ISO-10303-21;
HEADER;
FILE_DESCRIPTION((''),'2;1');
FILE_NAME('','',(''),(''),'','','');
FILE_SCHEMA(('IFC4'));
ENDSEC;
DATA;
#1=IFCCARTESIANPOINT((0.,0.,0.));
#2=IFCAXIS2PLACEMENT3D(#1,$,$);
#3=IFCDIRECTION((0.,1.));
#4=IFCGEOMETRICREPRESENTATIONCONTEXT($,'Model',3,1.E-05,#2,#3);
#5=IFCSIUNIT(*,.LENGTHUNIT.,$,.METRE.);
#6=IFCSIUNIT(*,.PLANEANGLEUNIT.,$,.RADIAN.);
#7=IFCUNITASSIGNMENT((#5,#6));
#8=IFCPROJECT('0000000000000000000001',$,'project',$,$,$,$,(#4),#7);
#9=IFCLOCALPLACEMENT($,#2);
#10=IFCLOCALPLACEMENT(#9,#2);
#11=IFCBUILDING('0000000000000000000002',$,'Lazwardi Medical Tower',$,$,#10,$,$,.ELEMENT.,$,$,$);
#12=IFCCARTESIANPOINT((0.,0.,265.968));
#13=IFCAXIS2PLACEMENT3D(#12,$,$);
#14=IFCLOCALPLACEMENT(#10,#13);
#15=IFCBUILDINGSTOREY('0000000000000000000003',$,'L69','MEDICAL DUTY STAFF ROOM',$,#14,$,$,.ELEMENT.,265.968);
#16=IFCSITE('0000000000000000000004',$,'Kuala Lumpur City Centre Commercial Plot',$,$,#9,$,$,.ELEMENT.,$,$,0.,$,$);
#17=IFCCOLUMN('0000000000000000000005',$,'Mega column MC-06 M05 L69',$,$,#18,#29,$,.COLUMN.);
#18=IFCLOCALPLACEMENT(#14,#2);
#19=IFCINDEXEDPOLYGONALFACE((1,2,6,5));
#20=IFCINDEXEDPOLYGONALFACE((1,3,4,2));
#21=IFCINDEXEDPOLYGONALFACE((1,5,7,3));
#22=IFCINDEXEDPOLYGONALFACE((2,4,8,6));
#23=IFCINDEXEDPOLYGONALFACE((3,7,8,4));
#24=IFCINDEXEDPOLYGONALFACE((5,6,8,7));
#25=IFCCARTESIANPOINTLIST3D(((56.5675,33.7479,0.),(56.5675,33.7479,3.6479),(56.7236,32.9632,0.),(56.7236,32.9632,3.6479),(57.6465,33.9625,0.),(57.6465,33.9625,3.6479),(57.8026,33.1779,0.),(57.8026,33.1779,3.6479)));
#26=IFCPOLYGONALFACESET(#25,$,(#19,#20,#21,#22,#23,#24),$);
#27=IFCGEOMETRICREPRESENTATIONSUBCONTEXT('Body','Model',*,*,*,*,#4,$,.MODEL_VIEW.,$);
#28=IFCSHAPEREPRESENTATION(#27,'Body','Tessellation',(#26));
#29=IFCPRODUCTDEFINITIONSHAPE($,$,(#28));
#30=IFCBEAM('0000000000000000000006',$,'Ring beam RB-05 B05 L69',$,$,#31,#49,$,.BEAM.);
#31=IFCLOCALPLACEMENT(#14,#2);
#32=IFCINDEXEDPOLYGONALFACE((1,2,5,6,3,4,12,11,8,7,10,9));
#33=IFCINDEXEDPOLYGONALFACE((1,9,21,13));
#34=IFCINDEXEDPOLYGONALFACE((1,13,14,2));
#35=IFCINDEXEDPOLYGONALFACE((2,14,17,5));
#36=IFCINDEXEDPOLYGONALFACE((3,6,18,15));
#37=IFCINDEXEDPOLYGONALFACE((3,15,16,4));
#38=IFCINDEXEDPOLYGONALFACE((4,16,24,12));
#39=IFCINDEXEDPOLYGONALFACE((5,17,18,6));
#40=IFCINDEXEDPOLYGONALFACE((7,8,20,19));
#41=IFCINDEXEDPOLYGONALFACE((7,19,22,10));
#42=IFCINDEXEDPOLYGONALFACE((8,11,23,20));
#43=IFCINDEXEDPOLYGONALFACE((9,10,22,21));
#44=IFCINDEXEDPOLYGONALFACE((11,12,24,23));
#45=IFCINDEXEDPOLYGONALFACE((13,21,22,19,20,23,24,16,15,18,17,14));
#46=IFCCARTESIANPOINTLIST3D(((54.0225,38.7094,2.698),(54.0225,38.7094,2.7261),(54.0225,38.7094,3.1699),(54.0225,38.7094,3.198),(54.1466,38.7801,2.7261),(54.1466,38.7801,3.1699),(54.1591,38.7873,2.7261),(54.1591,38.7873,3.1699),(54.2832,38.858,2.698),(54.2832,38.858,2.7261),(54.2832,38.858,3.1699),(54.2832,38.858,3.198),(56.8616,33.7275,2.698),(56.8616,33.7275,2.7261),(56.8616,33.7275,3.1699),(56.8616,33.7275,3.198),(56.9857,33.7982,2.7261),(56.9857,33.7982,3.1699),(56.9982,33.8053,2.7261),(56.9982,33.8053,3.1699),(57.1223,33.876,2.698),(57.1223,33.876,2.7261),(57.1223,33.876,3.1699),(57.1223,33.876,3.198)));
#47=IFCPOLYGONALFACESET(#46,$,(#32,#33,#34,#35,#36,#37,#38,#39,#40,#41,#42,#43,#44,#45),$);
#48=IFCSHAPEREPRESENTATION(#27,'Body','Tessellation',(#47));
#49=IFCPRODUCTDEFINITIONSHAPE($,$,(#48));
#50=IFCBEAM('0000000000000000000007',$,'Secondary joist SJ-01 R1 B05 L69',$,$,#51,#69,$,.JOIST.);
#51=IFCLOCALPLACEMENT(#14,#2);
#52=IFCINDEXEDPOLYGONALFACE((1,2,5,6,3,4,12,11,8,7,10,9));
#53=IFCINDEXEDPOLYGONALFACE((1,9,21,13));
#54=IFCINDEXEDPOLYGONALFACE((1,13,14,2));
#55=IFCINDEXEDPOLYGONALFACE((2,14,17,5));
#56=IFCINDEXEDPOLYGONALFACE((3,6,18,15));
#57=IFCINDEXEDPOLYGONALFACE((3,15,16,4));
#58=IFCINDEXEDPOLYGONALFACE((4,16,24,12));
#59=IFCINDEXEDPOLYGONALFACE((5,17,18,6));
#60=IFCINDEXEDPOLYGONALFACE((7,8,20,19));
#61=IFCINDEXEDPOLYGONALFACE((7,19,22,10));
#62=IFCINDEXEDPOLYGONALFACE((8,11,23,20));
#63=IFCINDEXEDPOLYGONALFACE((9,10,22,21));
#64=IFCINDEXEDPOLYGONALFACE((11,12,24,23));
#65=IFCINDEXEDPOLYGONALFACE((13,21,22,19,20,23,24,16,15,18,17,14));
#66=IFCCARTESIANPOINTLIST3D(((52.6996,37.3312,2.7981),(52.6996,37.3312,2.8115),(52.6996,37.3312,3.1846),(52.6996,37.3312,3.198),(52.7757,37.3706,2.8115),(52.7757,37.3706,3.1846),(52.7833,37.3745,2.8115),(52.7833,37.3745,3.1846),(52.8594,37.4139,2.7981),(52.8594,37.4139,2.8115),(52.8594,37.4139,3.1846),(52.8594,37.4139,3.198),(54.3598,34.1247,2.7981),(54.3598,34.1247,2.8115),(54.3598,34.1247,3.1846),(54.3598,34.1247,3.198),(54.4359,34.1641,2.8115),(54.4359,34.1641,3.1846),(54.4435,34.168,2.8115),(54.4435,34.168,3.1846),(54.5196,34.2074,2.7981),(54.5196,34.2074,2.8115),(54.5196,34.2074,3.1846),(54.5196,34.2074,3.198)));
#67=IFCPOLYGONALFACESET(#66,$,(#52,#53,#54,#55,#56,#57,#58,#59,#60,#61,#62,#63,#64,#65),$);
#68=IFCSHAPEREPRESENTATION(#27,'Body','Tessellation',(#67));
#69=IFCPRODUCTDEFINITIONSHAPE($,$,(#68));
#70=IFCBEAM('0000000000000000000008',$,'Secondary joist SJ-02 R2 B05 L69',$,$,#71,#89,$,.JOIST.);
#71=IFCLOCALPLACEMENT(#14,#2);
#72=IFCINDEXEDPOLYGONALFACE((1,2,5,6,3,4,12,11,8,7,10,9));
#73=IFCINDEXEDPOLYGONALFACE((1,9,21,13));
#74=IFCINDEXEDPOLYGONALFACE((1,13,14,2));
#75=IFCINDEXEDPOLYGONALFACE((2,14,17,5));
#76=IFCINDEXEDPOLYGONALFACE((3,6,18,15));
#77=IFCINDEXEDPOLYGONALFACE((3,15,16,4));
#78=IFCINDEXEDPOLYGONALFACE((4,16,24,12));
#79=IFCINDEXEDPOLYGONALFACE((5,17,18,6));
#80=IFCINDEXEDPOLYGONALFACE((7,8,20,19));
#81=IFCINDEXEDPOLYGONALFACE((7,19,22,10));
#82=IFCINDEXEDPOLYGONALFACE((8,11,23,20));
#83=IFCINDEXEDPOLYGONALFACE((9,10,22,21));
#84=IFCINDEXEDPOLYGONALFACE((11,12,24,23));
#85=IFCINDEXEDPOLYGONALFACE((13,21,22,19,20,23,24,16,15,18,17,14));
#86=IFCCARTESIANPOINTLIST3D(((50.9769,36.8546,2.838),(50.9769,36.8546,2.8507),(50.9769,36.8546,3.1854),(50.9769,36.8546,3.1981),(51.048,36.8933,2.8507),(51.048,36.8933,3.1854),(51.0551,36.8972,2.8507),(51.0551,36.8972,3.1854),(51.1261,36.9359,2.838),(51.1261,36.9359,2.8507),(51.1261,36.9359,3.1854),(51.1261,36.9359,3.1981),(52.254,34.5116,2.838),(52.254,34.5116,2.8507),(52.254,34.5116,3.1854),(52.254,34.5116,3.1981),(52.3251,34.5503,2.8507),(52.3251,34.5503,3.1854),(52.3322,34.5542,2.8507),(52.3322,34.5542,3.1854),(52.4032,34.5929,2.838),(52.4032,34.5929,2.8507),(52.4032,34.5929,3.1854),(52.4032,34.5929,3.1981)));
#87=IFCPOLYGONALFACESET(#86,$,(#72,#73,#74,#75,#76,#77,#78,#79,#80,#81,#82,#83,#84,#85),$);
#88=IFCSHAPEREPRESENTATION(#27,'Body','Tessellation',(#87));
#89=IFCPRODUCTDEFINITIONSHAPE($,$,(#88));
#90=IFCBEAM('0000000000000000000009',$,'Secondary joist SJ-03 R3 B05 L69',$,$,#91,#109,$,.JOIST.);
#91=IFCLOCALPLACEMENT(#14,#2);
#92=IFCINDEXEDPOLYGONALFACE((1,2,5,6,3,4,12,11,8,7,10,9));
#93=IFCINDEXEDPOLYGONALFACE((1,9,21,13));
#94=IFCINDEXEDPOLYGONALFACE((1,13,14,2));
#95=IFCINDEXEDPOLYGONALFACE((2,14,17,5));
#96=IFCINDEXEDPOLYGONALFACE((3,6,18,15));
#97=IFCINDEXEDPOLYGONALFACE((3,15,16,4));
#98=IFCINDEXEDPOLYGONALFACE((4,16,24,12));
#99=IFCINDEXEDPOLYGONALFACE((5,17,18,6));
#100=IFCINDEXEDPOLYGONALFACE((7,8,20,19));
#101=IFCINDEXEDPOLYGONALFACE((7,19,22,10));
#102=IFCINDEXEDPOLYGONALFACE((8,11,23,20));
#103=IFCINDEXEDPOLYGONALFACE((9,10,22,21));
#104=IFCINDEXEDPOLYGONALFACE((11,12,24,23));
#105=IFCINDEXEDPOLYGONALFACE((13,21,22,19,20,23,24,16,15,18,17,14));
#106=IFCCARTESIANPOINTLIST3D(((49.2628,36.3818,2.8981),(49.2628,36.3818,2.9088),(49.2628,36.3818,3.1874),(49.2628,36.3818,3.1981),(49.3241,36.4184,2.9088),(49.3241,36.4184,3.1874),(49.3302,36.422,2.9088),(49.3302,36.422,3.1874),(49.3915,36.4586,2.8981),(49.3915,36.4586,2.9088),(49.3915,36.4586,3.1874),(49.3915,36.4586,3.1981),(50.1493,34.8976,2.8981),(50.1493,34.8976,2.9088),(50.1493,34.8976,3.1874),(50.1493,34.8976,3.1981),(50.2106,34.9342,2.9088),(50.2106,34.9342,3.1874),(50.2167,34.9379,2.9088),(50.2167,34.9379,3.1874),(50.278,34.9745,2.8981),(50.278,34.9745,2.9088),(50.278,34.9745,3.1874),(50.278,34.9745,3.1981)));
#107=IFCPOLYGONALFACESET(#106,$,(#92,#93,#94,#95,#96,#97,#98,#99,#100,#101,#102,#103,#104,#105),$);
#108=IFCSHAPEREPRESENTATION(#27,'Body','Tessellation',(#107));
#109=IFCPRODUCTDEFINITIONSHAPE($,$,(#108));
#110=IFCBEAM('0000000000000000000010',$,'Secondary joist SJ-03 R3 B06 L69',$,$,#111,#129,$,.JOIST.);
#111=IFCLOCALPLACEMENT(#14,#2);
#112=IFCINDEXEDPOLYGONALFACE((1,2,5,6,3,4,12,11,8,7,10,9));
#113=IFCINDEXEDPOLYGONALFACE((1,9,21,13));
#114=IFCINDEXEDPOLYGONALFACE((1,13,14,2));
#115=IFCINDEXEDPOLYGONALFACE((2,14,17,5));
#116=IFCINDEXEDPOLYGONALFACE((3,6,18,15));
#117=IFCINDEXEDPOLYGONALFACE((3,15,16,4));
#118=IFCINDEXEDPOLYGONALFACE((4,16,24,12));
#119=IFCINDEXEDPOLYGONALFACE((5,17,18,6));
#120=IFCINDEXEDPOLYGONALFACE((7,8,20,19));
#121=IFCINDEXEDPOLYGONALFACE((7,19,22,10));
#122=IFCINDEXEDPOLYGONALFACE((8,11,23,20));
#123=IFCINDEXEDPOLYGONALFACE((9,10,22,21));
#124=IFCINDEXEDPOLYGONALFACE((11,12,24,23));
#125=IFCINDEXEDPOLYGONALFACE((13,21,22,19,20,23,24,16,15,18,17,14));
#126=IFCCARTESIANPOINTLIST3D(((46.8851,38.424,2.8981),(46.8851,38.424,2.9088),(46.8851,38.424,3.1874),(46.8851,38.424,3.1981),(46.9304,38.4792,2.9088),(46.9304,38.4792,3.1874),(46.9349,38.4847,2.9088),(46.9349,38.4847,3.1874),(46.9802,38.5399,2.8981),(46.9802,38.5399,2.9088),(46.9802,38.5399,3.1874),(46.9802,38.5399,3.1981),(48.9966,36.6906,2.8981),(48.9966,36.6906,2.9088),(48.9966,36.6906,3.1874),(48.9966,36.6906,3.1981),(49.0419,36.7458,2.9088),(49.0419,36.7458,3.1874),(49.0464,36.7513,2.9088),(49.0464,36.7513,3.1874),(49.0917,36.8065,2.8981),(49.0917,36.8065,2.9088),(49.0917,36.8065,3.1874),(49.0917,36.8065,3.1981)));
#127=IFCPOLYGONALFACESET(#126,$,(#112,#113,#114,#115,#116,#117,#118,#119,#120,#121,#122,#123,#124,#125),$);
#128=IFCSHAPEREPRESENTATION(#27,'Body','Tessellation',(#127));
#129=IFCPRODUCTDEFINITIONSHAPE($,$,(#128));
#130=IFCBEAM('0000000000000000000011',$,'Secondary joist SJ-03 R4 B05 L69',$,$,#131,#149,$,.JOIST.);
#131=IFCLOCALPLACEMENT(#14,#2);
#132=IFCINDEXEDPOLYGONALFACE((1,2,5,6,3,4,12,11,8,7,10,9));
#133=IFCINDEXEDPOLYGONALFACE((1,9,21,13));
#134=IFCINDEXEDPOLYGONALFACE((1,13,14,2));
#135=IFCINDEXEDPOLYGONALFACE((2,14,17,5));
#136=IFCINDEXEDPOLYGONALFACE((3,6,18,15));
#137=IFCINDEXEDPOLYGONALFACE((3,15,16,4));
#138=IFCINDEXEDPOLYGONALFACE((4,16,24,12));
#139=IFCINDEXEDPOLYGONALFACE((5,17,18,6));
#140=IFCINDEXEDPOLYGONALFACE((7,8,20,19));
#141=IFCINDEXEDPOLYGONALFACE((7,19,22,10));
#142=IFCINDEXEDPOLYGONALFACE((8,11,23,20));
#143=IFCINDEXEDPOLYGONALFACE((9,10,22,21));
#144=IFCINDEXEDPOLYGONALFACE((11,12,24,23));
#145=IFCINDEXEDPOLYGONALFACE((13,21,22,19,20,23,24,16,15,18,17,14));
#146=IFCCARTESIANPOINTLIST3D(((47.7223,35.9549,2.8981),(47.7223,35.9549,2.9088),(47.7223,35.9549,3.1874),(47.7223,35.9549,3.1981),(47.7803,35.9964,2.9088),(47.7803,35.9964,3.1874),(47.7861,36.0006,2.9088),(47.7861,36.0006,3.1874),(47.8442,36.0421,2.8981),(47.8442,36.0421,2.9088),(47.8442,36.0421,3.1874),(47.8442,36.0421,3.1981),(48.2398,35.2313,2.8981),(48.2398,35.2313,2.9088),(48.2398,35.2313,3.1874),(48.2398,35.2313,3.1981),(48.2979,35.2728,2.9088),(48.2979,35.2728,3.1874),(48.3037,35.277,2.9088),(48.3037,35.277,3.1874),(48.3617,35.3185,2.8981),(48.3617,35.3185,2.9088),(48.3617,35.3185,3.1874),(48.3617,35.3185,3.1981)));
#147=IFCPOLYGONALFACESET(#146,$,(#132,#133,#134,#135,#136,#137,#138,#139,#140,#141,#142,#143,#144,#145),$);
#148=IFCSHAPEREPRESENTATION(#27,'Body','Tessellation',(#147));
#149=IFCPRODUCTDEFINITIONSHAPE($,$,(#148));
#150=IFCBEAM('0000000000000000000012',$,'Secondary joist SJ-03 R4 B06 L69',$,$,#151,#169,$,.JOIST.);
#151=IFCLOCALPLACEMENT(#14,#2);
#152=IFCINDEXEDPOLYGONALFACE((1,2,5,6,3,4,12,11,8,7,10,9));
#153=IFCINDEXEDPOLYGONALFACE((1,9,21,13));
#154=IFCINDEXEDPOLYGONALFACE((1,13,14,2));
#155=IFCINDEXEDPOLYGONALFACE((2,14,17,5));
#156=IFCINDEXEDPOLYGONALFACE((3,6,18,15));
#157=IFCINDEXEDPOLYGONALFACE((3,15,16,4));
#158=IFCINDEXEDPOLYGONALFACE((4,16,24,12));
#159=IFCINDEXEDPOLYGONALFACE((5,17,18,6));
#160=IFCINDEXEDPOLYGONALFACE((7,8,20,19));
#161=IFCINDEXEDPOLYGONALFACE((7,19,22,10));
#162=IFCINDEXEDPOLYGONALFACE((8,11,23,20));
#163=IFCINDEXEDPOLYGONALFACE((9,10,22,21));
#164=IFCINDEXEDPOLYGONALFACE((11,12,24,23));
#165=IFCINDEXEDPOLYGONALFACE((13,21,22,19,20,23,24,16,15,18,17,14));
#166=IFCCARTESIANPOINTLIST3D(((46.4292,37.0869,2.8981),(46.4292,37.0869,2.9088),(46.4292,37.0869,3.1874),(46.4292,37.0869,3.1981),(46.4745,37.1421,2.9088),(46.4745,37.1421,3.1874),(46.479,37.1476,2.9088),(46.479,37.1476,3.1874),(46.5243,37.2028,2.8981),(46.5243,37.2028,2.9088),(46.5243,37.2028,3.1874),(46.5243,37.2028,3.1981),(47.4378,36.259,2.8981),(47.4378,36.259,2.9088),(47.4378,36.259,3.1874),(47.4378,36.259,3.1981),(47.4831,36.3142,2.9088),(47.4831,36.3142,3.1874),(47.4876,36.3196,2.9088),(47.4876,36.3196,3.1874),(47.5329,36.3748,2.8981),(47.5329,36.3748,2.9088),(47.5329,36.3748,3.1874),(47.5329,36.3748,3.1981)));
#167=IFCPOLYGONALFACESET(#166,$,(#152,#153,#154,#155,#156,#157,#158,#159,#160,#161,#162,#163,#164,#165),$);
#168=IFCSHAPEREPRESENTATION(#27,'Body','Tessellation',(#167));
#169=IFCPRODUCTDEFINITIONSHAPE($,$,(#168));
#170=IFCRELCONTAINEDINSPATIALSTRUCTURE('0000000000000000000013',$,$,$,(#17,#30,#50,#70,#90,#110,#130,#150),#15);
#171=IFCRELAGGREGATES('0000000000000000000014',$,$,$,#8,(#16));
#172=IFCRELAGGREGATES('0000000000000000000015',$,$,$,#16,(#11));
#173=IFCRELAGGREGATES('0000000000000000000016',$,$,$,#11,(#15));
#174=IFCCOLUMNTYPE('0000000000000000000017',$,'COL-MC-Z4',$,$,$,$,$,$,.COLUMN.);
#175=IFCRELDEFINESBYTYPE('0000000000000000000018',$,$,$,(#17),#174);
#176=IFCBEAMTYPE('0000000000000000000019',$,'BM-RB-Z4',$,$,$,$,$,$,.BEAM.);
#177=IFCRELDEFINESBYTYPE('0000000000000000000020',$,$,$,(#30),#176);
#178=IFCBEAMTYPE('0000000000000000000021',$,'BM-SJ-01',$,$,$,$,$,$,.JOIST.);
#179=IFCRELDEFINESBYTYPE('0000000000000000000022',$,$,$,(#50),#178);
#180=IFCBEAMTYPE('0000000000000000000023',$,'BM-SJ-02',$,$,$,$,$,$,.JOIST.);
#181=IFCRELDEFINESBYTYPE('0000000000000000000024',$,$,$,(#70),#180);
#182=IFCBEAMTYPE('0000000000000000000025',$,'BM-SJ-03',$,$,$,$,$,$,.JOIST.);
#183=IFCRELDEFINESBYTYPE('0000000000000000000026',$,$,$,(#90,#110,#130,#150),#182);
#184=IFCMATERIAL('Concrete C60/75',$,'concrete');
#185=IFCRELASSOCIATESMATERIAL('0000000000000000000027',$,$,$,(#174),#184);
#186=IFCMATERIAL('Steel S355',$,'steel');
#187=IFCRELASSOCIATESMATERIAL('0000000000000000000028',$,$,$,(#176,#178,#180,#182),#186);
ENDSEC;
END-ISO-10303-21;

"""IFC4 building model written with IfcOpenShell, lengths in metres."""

from ifc_helpers import new_model, si_unit, direction, frame, origin, origin_2d, place, context, subcontext, project, spatial, rectangle, i_section, extrude, material, material_profile, profile_set, type_object, element, save


model = new_model("IFC4")

# Units and contexts
model_context = context("Model", 3, precision=1e-05, world=origin(), true_north=direction((0.0, 1.0)))
body_context = subcontext(model_context, "Body", "Model", "MODEL_VIEW")
ifc_project = project(units=[si_unit("LENGTHUNIT", "METRE"), si_unit("PLANEANGLEUNIT", "RADIAN")], contexts=[model_context])

# Site, building, storey
site_placement = place(None, origin())
site = spatial("IfcSite", under=ifc_project, at=site_placement, Name="Kuala Lumpur City Centre Commercial Plot", CompositionType="ELEMENT", RefElevation=0.0)
building_placement = place(site_placement, origin())
building = spatial("IfcBuilding", under=site, at=building_placement, Name="Lazwardi Medical Tower", CompositionType="ELEMENT")
storey_placement = place(building_placement, frame((0.0, 0.0, 265.968)))
storey = spatial("IfcBuildingStorey", under=building, at=storey_placement, Name="L69", Description="MEDICAL DUTY STAFF ROOM", CompositionType="ELEMENT", Elevation=265.968)

# Column
ifc_material_1 = material(Name="Concrete C60/75", Category="concrete")
ifc_material_profile_1 = material_profile(ifc_material_1, rectangle(XDim=1.1001, YDim=0.8, at=origin_2d()), Name="CFT-RECT 1100x800")
ifc_profile_set_1 = profile_set([ifc_material_profile_1], Name="Concrete C60/75")
column_type = type_object("IfcColumnType", Name="COL-MC-Z4", PredefinedType="COLUMN", material=ifc_profile_set_1)
column_placement = place(storey_placement, frame((57.1851, 33.4629, 0.0), z_axis=(0.0, 0.0, 1.0), x_axis=(0.980785, 0.19509, 0.0)))
element("IfcColumn", 1, at=column_placement, inside=storey, type_object=column_type, Name="Mega column MC-06 M05 L69", PredefinedType="COLUMN", context=body_context, shape_type="SweptSolid", body=[
    extrude(rectangle(XDim=1.1001, YDim=0.8, at=origin_2d()), origin(), (0.0, 0.0, 1.0), 3.6479),
])

# Beams
ifc_material_2 = material(Name="Steel S355", Category="steel")
ifc_material_profile_2 = material_profile(ifc_material_2, i_section(OverallWidth=0.3, OverallDepth=0.5, WebThickness=0.0144, FlangeThickness=0.0281, at=origin_2d()), Name="HEB 500")
ifc_profile_set_2 = profile_set([ifc_material_profile_2], Name="Steel S355")
beam_type_1 = type_object("IfcBeamType", Name="BM-RB-Z4", PredefinedType="BEAM", material=ifc_profile_set_2)
beam_1_placement = place(storey_placement, frame((56.9919, 33.8018, 2.948), z_axis=(-0.495125, 0.868822, 0.0), x_axis=(-0.868822, -0.495125, 0.0)))
element("IfcBeam", 2, at=beam_1_placement, inside=storey, type_object=beam_type_1, Name="Ring beam RB-05 B05 L69", PredefinedType="BEAM", context=body_context, shape_type="SweptSolid", body=[
    extrude(i_section(OverallWidth=0.3, OverallDepth=0.5, WebThickness=0.0144, FlangeThickness=0.0281, at=origin_2d()), origin(), (0.0, 0.0, 1.0), 5.7341),
])
ifc_material_profile_3 = material_profile(ifc_material_2, i_section(OverallWidth=0.1799, OverallDepth=0.3999, WebThickness=0.0085, FlangeThickness=0.0134, at=origin_2d()), Name="IPE 400")
ifc_profile_set_3 = profile_set([ifc_material_profile_3], Name="Steel S355")
beam_type_2 = type_object("IfcBeamType", Name="BM-SJ-01", PredefinedType="JOIST", material=ifc_profile_set_3)
beam_2_placement = place(storey_placement, frame((54.4397, 34.166, 2.998), z_axis=(-0.459772, 0.888037, 0.0), x_axis=(-0.888037, -0.459772, 0.0)))
element("IfcBeam", 3, at=beam_2_placement, inside=storey, type_object=beam_type_2, Name="Secondary joist SJ-01 R1 B05 L69", PredefinedType="JOIST", context=body_context, shape_type="SweptSolid", body=[
    extrude(i_section(OverallWidth=0.1799, OverallDepth=0.3999, WebThickness=0.0085, FlangeThickness=0.0134, at=origin_2d()), origin(), (0.0, 0.0, 1.0), 3.6108),
])
ifc_material_profile_4 = material_profile(ifc_material_2, i_section(OverallWidth=0.1699, OverallDepth=0.3601, WebThickness=0.0081, FlangeThickness=0.0127, at=origin_2d()), Name="IPE 360")
ifc_profile_set_4 = profile_set([ifc_material_profile_4], Name="Steel S355")
beam_type_3 = type_object("IfcBeamType", Name="BM-SJ-02", PredefinedType="JOIST", material=ifc_profile_set_4)
beam_3_placement = place(storey_placement, frame((52.3286, 34.5522, 3.0181), z_axis=(-0.478589, 0.878039, 0.0), x_axis=(-0.878039, -0.478589, 0.0)))
element("IfcBeam", 4, at=beam_3_placement, inside=storey, type_object=beam_type_3, Name="Secondary joist SJ-02 R2 B05 L69", PredefinedType="JOIST", context=body_context, shape_type="SweptSolid", body=[
    extrude(i_section(OverallWidth=0.1699, OverallDepth=0.3601, WebThickness=0.0081, FlangeThickness=0.0127, at=origin_2d()), origin(), (0.0, 0.0, 1.0), 2.6685),
])
ifc_material_profile_5 = material_profile(ifc_material_2, i_section(OverallWidth=0.1499, OverallDepth=0.3, WebThickness=0.0071, FlangeThickness=0.0107, at=origin_2d()), Name="IPE 300")
ifc_profile_set_5 = profile_set([ifc_material_profile_5], Name="Steel S355")
beam_type_4 = type_object("IfcBeamType", Name="BM-SJ-03", PredefinedType="JOIST", material=ifc_profile_set_5)
beam_4_placement = place(storey_placement, frame((50.2136, 34.936, 3.0481), z_axis=(-0.512792, 0.858513, 0.0), x_axis=(-0.858513, -0.512792, 0.0)))
element("IfcBeam", 5, at=beam_4_placement, inside=storey, type_object=beam_type_4, Name="Secondary joist SJ-03 R3 B05 L69", PredefinedType="JOIST", context=body_context, shape_type="SweptSolid", body=[
    extrude(i_section(OverallWidth=0.1499, OverallDepth=0.3, WebThickness=0.0071, FlangeThickness=0.0107, at=origin_2d()), origin(), (0.0, 0.0, 1.0), 1.7288),
])
beam_5_placement = place(storey_placement, frame((49.0442, 36.7485, 3.0481), z_axis=(-0.772925, 0.634497, 0.0), x_axis=(-0.634497, -0.772925, 0.0)))
element("IfcBeam", 6, at=beam_5_placement, inside=storey, type_object=beam_type_4, Name="Secondary joist SJ-03 R3 B06 L69", PredefinedType="JOIST", context=body_context, shape_type="SweptSolid", body=[
    extrude(i_section(OverallWidth=0.1499, OverallDepth=0.3, WebThickness=0.0071, FlangeThickness=0.0107, at=origin_2d()), origin(), (0.0, 0.0, 1.0), 2.7319),
])
beam_6_placement = place(storey_placement, frame((48.3008, 35.2749, 3.0481), z_axis=(-0.581757, 0.813362, 0.0), x_axis=(-0.813362, -0.581757, 0.0)))
element("IfcBeam", 7, at=beam_6_placement, inside=storey, type_object=beam_type_4, Name="Secondary joist SJ-03 R4 B05 L69", PredefinedType="JOIST", context=body_context, shape_type="SweptSolid", body=[
    extrude(i_section(OverallWidth=0.1499, OverallDepth=0.3, WebThickness=0.0071, FlangeThickness=0.0107, at=origin_2d()), origin(), (0.0, 0.0, 1.0), 0.8896),
])
beam_7_placement = place(storey_placement, frame((47.4854, 36.3169, 3.0481), z_axis=(-0.772939, 0.63448, 0.0), x_axis=(-0.63448, -0.772939, 0.0)))
element("IfcBeam", 8, at=beam_7_placement, inside=storey, type_object=beam_type_4, Name="Secondary joist SJ-03 R4 B06 L69", PredefinedType="JOIST", context=body_context, shape_type="SweptSolid", body=[
    extrude(i_section(OverallWidth=0.1499, OverallDepth=0.3, WebThickness=0.0071, FlangeThickness=0.0107, at=origin_2d()), origin(), (0.0, 0.0, 1.0), 1.3049),
])

save(model, "model.ifc")
